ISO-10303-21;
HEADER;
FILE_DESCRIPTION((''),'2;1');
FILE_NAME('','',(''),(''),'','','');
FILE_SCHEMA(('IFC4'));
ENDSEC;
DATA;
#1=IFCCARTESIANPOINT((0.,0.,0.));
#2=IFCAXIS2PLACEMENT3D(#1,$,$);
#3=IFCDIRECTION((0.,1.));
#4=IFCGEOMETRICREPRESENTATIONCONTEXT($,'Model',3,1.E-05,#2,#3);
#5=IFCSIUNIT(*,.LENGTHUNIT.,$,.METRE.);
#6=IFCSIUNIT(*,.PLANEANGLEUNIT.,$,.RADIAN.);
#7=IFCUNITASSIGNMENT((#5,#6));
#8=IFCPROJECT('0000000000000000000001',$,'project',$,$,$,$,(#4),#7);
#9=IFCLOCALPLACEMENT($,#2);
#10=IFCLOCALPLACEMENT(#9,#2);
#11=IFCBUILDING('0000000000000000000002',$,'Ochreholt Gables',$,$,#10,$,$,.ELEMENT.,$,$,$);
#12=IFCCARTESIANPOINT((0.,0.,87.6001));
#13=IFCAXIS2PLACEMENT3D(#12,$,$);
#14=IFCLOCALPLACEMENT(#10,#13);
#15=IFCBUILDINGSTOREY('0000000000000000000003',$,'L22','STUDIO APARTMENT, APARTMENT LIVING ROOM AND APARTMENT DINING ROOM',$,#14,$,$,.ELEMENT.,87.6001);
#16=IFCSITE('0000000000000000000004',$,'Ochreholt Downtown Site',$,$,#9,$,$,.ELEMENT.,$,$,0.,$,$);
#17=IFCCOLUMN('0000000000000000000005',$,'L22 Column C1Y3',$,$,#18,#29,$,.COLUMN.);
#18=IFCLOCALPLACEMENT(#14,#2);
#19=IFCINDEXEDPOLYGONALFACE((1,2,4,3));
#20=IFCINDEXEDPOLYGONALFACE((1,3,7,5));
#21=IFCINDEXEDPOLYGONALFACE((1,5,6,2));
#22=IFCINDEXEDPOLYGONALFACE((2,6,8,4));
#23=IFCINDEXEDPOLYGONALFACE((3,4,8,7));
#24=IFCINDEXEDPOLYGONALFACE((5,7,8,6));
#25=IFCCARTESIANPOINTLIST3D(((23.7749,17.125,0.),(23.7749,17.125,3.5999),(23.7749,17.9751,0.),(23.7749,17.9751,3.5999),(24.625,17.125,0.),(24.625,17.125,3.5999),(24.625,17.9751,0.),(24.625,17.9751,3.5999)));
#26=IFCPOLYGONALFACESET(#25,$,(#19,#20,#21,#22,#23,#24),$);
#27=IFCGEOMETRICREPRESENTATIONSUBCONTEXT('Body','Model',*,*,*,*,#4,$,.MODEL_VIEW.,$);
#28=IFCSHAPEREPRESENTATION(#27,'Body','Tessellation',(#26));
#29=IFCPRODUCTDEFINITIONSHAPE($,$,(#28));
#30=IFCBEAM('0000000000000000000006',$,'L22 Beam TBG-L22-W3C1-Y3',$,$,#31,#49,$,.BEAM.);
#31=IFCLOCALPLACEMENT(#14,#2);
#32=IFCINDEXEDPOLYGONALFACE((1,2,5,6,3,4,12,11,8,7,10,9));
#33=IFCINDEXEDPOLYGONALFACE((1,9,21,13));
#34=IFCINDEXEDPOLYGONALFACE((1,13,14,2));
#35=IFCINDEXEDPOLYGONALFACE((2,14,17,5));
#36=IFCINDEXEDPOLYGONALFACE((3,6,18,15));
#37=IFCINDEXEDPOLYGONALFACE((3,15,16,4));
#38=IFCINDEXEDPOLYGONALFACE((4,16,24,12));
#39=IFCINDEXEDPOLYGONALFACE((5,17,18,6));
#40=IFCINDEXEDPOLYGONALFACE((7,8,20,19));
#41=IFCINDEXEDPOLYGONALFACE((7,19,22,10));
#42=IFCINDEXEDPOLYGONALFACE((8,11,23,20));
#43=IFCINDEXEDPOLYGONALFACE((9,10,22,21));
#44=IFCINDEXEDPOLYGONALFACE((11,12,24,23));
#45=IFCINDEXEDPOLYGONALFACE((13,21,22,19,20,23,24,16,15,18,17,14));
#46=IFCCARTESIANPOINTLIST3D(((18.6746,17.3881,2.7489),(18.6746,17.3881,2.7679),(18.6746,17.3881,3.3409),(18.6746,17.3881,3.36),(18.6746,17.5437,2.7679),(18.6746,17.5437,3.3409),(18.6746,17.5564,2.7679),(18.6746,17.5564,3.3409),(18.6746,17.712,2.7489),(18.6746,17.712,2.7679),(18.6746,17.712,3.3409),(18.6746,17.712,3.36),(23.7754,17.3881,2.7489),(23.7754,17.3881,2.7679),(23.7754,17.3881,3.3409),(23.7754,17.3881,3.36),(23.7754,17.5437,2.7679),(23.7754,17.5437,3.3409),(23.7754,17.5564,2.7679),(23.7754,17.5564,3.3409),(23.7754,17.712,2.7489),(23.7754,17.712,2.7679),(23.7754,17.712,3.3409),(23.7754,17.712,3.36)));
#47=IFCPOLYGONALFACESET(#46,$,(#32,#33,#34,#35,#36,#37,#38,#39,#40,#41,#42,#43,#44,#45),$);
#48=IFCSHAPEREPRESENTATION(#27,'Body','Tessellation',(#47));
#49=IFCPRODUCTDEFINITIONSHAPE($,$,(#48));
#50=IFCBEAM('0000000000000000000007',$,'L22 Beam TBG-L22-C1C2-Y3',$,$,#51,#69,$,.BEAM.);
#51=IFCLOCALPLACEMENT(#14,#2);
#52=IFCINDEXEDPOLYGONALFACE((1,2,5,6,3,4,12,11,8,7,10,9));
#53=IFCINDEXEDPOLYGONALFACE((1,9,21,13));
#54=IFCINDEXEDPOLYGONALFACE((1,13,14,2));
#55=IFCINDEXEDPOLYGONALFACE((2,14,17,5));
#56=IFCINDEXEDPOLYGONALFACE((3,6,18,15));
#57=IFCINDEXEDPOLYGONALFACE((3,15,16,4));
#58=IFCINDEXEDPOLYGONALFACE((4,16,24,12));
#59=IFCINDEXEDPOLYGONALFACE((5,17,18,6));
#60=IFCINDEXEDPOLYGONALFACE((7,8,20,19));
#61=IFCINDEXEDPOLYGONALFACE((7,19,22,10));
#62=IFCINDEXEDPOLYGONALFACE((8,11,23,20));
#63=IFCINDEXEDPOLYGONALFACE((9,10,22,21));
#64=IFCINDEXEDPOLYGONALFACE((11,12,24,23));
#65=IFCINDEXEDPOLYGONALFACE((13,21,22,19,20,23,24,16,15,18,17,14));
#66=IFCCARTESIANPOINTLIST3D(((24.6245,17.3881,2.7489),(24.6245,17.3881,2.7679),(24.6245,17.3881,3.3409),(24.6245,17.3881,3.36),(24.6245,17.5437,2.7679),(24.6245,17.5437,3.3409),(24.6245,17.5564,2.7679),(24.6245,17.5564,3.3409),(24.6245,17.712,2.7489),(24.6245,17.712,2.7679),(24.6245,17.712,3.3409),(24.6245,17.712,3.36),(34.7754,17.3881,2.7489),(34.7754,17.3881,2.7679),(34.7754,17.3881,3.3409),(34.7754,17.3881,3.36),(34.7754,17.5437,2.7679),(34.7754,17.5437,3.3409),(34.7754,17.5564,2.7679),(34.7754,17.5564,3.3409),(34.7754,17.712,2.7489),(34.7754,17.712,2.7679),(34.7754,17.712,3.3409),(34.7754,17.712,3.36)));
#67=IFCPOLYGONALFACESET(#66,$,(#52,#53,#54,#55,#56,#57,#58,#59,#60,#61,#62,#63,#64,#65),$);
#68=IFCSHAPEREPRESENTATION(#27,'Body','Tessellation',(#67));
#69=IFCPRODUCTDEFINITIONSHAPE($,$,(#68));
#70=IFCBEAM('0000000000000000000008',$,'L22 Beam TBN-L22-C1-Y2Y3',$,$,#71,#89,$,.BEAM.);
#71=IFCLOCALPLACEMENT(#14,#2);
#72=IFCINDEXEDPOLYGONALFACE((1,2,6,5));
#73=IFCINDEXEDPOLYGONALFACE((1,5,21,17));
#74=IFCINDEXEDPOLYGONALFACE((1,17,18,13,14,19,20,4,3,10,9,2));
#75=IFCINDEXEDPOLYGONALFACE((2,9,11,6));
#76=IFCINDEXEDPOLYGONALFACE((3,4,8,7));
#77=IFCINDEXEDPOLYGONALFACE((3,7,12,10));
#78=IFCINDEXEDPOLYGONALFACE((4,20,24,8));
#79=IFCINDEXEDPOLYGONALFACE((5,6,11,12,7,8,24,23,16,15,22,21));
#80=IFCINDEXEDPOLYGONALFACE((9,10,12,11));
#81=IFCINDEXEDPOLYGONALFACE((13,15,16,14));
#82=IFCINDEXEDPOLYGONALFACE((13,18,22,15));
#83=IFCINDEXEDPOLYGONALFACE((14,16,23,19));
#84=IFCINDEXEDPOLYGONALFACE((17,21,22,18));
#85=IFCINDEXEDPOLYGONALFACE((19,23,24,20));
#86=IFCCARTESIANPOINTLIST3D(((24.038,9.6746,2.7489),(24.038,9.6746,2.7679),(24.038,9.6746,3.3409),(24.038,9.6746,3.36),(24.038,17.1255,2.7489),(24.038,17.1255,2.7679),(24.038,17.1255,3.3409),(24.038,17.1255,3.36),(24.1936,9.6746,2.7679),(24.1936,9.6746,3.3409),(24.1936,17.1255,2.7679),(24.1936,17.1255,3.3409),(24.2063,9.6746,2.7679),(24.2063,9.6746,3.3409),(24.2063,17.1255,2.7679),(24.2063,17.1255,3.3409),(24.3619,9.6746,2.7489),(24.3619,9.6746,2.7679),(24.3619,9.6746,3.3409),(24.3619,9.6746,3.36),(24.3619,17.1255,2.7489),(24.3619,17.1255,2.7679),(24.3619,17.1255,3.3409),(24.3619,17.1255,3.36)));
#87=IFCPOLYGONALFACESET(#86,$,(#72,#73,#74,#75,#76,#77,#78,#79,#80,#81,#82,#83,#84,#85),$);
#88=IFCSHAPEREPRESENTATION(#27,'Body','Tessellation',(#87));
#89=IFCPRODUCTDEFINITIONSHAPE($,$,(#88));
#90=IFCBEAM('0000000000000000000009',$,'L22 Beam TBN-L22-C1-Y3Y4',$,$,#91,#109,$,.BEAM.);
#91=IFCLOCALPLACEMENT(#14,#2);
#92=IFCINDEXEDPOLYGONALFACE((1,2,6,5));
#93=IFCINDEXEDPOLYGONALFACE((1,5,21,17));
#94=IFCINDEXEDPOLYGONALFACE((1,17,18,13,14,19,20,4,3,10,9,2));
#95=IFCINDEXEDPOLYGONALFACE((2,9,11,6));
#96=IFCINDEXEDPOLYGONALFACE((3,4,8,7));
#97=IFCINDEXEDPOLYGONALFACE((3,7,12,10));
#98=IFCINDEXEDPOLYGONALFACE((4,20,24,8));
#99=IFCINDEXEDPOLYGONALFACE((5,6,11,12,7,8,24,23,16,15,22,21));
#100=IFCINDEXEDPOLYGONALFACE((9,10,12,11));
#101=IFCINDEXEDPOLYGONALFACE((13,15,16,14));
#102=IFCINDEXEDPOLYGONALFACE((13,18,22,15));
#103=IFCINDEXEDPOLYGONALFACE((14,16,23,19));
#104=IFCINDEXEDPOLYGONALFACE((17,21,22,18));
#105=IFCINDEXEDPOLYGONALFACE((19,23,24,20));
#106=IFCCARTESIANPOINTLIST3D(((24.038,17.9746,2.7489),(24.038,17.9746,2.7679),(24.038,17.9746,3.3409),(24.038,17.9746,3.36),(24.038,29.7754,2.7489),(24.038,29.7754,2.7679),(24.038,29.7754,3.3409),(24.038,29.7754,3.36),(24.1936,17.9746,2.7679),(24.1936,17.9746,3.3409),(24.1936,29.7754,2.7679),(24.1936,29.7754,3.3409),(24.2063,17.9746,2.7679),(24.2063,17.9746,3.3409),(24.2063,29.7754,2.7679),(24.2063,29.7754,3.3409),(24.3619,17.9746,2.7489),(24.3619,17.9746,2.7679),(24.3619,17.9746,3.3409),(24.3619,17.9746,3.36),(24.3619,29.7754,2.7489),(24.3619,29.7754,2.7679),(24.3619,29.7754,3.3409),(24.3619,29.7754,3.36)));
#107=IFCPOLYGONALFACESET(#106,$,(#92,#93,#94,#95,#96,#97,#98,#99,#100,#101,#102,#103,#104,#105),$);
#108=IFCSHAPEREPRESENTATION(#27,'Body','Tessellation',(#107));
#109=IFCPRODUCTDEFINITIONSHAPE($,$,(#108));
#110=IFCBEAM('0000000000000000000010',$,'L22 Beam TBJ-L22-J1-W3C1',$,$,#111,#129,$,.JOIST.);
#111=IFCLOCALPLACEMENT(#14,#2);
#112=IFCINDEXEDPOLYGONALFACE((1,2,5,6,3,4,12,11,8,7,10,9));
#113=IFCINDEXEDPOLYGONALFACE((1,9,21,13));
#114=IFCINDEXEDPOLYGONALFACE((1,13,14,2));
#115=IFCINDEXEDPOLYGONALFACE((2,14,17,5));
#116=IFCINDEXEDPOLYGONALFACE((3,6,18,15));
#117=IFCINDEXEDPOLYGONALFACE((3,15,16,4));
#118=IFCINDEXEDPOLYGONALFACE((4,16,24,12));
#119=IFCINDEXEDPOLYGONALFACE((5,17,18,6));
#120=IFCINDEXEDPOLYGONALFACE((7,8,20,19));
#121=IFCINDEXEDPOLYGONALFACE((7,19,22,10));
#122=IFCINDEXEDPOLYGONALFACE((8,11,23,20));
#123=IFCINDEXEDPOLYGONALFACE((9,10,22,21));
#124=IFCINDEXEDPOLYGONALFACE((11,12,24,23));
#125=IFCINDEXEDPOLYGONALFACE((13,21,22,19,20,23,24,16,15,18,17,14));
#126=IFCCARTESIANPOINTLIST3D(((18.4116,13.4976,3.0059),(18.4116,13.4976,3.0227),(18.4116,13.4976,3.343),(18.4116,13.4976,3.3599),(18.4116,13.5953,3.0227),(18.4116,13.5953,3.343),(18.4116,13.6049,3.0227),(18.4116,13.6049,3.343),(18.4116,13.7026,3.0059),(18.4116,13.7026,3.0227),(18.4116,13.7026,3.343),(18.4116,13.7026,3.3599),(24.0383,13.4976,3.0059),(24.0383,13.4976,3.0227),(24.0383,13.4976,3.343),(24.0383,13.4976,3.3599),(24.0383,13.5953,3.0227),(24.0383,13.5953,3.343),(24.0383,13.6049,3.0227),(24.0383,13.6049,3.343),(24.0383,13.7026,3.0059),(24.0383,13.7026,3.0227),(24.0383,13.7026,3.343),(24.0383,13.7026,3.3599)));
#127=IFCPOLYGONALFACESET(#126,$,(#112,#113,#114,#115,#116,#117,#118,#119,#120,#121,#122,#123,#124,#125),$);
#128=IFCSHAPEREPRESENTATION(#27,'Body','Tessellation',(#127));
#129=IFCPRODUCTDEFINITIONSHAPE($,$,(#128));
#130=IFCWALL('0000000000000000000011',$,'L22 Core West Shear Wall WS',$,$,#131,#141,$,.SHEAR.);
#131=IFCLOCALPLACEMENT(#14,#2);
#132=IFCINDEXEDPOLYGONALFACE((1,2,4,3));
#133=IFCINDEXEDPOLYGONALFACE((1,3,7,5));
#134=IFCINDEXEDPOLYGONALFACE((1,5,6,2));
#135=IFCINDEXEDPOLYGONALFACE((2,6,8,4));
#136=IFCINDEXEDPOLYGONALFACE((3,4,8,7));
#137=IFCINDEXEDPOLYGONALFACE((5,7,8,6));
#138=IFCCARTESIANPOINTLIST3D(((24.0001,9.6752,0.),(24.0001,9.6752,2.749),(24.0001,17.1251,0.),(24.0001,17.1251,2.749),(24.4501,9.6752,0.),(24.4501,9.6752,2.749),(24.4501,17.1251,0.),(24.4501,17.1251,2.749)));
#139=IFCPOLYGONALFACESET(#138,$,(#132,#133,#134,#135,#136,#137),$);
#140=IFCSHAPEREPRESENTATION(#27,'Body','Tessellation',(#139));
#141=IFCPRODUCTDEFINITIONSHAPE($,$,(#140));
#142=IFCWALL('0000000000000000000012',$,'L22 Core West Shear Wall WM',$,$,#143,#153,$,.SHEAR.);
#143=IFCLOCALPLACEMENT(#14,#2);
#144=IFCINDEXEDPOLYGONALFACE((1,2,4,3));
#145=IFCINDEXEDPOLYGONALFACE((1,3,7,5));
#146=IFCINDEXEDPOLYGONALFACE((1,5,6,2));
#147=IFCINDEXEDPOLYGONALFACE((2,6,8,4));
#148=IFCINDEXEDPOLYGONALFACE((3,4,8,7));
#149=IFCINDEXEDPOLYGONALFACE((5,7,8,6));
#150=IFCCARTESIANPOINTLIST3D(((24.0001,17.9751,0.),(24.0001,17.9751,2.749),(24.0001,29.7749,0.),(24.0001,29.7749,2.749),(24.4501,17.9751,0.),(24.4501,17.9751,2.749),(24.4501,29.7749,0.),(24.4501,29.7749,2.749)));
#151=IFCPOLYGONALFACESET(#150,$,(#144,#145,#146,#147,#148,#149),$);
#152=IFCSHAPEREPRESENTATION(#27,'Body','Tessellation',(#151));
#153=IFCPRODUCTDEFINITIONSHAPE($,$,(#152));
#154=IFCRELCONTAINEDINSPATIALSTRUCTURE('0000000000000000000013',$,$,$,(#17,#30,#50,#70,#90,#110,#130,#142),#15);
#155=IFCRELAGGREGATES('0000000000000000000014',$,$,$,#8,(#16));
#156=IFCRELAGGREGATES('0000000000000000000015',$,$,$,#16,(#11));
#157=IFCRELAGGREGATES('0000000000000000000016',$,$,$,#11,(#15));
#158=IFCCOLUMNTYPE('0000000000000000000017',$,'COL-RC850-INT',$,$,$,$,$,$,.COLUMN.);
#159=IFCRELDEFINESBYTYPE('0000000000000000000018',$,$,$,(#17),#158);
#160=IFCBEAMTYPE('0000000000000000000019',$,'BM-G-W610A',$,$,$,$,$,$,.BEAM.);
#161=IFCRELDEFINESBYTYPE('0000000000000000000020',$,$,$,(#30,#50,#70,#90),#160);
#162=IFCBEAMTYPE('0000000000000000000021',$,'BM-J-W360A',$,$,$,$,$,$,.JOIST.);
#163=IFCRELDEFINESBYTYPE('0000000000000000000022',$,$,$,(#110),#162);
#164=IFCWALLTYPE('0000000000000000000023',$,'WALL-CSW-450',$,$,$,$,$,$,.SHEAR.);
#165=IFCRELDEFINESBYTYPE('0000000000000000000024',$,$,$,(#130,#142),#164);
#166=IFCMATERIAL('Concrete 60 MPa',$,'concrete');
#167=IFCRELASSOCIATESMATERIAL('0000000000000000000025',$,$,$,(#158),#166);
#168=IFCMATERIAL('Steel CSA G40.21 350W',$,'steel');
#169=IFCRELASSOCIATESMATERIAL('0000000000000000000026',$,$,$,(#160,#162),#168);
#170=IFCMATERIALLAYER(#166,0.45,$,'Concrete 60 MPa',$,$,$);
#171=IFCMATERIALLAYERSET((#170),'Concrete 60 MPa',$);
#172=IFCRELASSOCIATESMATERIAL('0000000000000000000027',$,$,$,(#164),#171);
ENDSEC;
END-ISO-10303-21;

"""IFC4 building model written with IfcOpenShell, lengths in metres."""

from ifc_helpers import new_model, si_unit, direction, frame, frame_2d, origin, origin_2d, place, context, subcontext, project, spatial, rectangle, i_section, extrude, material, layer, layer_set, material_profile, profile_set, type_object, element, save


model = new_model("IFC4")

# Units and contexts
model_context = context("Model", 3, precision=1e-05, world=origin(), true_north=direction((0.0, 1.0)))
body_context = subcontext(model_context, "Body", "Model", "MODEL_VIEW")
ifc_project = project(units=[si_unit("LENGTHUNIT", "METRE"), si_unit("PLANEANGLEUNIT", "RADIAN")], contexts=[model_context])

# Site, building, storey
site_placement = place(None, origin())
site = spatial("IfcSite", under=ifc_project, at=site_placement, Name="Ochreholt Downtown Site", CompositionType="ELEMENT", RefElevation=0.0)
building_placement = place(site_placement, origin())
building = spatial("IfcBuilding", under=site, at=building_placement, Name="Ochreholt Gables", CompositionType="ELEMENT")
storey_placement = place(building_placement, frame((0.0, 0.0, 87.6001)))
storey = spatial("IfcBuildingStorey", under=building, at=storey_placement, Name="L22", Description="STUDIO APARTMENT, APARTMENT LIVING ROOM AND APARTMENT DINING ROOM", CompositionType="ELEMENT", Elevation=87.6001)

# Column
ifc_material_1 = material(Name="Concrete 60 MPa", Category="concrete")
ifc_material_profile_1 = material_profile(ifc_material_1, rectangle(XDim=0.8501, YDim=0.8501, at=origin_2d()), Name="RC850X850")
ifc_profile_set_1 = profile_set([ifc_material_profile_1], Name="Concrete 60 MPa")
column_type = type_object("IfcColumnType", Name="COL-RC850-INT", PredefinedType="COLUMN", material=ifc_profile_set_1)
column_placement = place(storey_placement, frame((24.2, 17.55, 0.0), z_axis=(0.0, 0.0, 1.0), x_axis=(1.0, 0.0, 0.0)))
element("IfcColumn", 1, at=column_placement, inside=storey, type_object=column_type, Name="L22 Column C1Y3", PredefinedType="COLUMN", context=body_context, shape_type="SweptSolid", body=[
    extrude(rectangle(XDim=0.8501, YDim=0.8501, at=origin_2d()), origin(), (0.0, 0.0, 1.0), 3.5999),
])

# Beams
ifc_material_2 = material(Name="Steel CSA G40.21 350W", Category="steel")
ifc_material_profile_2 = material_profile(ifc_material_2, i_section(OverallWidth=0.324, OverallDepth=0.6111, WebThickness=0.0127, FlangeThickness=0.019, at=origin_2d()), Name="W610X155")
ifc_profile_set_2 = profile_set([ifc_material_profile_2], Name="Steel CSA G40.21 350W")
beam_type_1 = type_object("IfcBeamType", Name="BM-G-W610A", PredefinedType="BEAM", material=ifc_profile_set_2)
beam_1_placement = place(storey_placement, frame((18.6746, 17.55, 3.0544), z_axis=(1.0, 0.0, 0.0), x_axis=(0.0, 1.0, 0.0)))
element("IfcBeam", 2, at=beam_1_placement, inside=storey, type_object=beam_type_1, Name="L22 Beam TBG-L22-W3C1-Y3", PredefinedType="BEAM", context=body_context, shape_type="SweptSolid", body=[
    extrude(i_section(OverallWidth=0.324, OverallDepth=0.6111, WebThickness=0.0127, FlangeThickness=0.019, at=origin_2d()), origin(), (0.0, 0.0, 1.0), 5.1008),
])
beam_2_placement = place(storey_placement, frame((24.6245, 17.55, 3.0544), z_axis=(1.0, 0.0, 0.0), x_axis=(0.0, 1.0, 0.0)))
element("IfcBeam", 3, at=beam_2_placement, inside=storey, type_object=beam_type_1, Name="L22 Beam TBG-L22-C1C2-Y3", PredefinedType="BEAM", context=body_context, shape_type="SweptSolid", body=[
    extrude(i_section(OverallWidth=0.324, OverallDepth=0.6111, WebThickness=0.0127, FlangeThickness=0.019, at=origin_2d()), origin(), (0.0, 0.0, 1.0), 10.1509),
])
beam_3_placement = place(storey_placement, frame((24.2, 9.6746, 3.0544), z_axis=(0.0, 1.0, 0.0), x_axis=(-1.0, 0.0, 0.0)))
element("IfcBeam", 4, at=beam_3_placement, inside=storey, type_object=beam_type_1, Name="L22 Beam TBN-L22-C1-Y2Y3", PredefinedType="BEAM", context=body_context, shape_type="SweptSolid", body=[
    extrude(i_section(OverallWidth=0.324, OverallDepth=0.6111, WebThickness=0.0127, FlangeThickness=0.019, at=origin_2d()), origin(), (0.0, 0.0, 1.0), 7.4509),
])
beam_4_placement = place(storey_placement, frame((24.2, 17.9746, 3.0544), z_axis=(0.0, 1.0, 0.0), x_axis=(-1.0, 0.0, 0.0)))
element("IfcBeam", 5, at=beam_4_placement, inside=storey, type_object=beam_type_1, Name="L22 Beam TBN-L22-C1-Y3Y4", PredefinedType="BEAM", context=body_context, shape_type="SweptSolid", body=[
    extrude(i_section(OverallWidth=0.324, OverallDepth=0.6111, WebThickness=0.0127, FlangeThickness=0.019, at=origin_2d()), origin(), (0.0, 0.0, 1.0), 11.8008),
])
ifc_material_profile_3 = material_profile(ifc_material_2, i_section(OverallWidth=0.2051, OverallDepth=0.354, WebThickness=0.0095, FlangeThickness=0.0168, at=origin_2d()), Name="W360X79")
ifc_profile_set_3 = profile_set([ifc_material_profile_3], Name="Steel CSA G40.21 350W")
beam_type_2 = type_object("IfcBeamType", Name="BM-J-W360A", PredefinedType="JOIST", material=ifc_profile_set_3)
beam_5_placement = place(storey_placement, frame((18.4116, 13.6001, 3.1829), z_axis=(1.0, 0.0, 0.0), x_axis=(0.0, 1.0, 0.0)))
element("IfcBeam", 6, at=beam_5_placement, inside=storey, type_object=beam_type_2, Name="L22 Beam TBJ-L22-J1-W3C1", PredefinedType="JOIST", context=body_context, shape_type="SweptSolid", body=[
    extrude(i_section(OverallWidth=0.2051, OverallDepth=0.354, WebThickness=0.0095, FlangeThickness=0.0168, at=origin_2d()), origin(), (0.0, 0.0, 1.0), 5.6267),
])

# Walls
ifc_layer_1 = layer(ifc_material_1, 0.45, Name="Concrete 60 MPa")
ifc_layer_set_1 = layer_set([ifc_layer_1], Name="Concrete 60 MPa")
wall_type_1 = type_object("IfcWallType", Name="WALL-CSW-450", PredefinedType="SHEAR", material=ifc_layer_set_1)
wall_1_placement = place(storey_placement, frame((24.2251, 9.675, 0.0), z_axis=(0.0, 0.0, 1.0), x_axis=(0.0, 1.0, 0.0)))
element("IfcWall", 7, at=wall_1_placement, inside=storey, type_object=wall_type_1, Name="L22 Core West Shear Wall WS", PredefinedType="SHEAR", context=body_context, shape_type="SweptSolid", body=[
    extrude(rectangle(XDim=7.45, YDim=0.45, at=frame_2d((3.7251, 0.0))), origin(), (0.0, 0.0, 1.0), 2.749),
])
wall_2_placement = place(storey_placement, frame((24.2251, 17.9751, 0.0), z_axis=(0.0, 0.0, 1.0), x_axis=(0.0, 1.0, 0.0)))
element("IfcWall", 8, at=wall_2_placement, inside=storey, type_object=wall_type_1, Name="L22 Core West Shear Wall WM", PredefinedType="SHEAR", context=body_context, shape_type="SweptSolid", body=[
    extrude(rectangle(XDim=11.7998, YDim=0.45, at=frame_2d((5.8999, 0.0))), origin(), (0.0, 0.0, 1.0), 2.749),
])

save(model, "model.ifc")
